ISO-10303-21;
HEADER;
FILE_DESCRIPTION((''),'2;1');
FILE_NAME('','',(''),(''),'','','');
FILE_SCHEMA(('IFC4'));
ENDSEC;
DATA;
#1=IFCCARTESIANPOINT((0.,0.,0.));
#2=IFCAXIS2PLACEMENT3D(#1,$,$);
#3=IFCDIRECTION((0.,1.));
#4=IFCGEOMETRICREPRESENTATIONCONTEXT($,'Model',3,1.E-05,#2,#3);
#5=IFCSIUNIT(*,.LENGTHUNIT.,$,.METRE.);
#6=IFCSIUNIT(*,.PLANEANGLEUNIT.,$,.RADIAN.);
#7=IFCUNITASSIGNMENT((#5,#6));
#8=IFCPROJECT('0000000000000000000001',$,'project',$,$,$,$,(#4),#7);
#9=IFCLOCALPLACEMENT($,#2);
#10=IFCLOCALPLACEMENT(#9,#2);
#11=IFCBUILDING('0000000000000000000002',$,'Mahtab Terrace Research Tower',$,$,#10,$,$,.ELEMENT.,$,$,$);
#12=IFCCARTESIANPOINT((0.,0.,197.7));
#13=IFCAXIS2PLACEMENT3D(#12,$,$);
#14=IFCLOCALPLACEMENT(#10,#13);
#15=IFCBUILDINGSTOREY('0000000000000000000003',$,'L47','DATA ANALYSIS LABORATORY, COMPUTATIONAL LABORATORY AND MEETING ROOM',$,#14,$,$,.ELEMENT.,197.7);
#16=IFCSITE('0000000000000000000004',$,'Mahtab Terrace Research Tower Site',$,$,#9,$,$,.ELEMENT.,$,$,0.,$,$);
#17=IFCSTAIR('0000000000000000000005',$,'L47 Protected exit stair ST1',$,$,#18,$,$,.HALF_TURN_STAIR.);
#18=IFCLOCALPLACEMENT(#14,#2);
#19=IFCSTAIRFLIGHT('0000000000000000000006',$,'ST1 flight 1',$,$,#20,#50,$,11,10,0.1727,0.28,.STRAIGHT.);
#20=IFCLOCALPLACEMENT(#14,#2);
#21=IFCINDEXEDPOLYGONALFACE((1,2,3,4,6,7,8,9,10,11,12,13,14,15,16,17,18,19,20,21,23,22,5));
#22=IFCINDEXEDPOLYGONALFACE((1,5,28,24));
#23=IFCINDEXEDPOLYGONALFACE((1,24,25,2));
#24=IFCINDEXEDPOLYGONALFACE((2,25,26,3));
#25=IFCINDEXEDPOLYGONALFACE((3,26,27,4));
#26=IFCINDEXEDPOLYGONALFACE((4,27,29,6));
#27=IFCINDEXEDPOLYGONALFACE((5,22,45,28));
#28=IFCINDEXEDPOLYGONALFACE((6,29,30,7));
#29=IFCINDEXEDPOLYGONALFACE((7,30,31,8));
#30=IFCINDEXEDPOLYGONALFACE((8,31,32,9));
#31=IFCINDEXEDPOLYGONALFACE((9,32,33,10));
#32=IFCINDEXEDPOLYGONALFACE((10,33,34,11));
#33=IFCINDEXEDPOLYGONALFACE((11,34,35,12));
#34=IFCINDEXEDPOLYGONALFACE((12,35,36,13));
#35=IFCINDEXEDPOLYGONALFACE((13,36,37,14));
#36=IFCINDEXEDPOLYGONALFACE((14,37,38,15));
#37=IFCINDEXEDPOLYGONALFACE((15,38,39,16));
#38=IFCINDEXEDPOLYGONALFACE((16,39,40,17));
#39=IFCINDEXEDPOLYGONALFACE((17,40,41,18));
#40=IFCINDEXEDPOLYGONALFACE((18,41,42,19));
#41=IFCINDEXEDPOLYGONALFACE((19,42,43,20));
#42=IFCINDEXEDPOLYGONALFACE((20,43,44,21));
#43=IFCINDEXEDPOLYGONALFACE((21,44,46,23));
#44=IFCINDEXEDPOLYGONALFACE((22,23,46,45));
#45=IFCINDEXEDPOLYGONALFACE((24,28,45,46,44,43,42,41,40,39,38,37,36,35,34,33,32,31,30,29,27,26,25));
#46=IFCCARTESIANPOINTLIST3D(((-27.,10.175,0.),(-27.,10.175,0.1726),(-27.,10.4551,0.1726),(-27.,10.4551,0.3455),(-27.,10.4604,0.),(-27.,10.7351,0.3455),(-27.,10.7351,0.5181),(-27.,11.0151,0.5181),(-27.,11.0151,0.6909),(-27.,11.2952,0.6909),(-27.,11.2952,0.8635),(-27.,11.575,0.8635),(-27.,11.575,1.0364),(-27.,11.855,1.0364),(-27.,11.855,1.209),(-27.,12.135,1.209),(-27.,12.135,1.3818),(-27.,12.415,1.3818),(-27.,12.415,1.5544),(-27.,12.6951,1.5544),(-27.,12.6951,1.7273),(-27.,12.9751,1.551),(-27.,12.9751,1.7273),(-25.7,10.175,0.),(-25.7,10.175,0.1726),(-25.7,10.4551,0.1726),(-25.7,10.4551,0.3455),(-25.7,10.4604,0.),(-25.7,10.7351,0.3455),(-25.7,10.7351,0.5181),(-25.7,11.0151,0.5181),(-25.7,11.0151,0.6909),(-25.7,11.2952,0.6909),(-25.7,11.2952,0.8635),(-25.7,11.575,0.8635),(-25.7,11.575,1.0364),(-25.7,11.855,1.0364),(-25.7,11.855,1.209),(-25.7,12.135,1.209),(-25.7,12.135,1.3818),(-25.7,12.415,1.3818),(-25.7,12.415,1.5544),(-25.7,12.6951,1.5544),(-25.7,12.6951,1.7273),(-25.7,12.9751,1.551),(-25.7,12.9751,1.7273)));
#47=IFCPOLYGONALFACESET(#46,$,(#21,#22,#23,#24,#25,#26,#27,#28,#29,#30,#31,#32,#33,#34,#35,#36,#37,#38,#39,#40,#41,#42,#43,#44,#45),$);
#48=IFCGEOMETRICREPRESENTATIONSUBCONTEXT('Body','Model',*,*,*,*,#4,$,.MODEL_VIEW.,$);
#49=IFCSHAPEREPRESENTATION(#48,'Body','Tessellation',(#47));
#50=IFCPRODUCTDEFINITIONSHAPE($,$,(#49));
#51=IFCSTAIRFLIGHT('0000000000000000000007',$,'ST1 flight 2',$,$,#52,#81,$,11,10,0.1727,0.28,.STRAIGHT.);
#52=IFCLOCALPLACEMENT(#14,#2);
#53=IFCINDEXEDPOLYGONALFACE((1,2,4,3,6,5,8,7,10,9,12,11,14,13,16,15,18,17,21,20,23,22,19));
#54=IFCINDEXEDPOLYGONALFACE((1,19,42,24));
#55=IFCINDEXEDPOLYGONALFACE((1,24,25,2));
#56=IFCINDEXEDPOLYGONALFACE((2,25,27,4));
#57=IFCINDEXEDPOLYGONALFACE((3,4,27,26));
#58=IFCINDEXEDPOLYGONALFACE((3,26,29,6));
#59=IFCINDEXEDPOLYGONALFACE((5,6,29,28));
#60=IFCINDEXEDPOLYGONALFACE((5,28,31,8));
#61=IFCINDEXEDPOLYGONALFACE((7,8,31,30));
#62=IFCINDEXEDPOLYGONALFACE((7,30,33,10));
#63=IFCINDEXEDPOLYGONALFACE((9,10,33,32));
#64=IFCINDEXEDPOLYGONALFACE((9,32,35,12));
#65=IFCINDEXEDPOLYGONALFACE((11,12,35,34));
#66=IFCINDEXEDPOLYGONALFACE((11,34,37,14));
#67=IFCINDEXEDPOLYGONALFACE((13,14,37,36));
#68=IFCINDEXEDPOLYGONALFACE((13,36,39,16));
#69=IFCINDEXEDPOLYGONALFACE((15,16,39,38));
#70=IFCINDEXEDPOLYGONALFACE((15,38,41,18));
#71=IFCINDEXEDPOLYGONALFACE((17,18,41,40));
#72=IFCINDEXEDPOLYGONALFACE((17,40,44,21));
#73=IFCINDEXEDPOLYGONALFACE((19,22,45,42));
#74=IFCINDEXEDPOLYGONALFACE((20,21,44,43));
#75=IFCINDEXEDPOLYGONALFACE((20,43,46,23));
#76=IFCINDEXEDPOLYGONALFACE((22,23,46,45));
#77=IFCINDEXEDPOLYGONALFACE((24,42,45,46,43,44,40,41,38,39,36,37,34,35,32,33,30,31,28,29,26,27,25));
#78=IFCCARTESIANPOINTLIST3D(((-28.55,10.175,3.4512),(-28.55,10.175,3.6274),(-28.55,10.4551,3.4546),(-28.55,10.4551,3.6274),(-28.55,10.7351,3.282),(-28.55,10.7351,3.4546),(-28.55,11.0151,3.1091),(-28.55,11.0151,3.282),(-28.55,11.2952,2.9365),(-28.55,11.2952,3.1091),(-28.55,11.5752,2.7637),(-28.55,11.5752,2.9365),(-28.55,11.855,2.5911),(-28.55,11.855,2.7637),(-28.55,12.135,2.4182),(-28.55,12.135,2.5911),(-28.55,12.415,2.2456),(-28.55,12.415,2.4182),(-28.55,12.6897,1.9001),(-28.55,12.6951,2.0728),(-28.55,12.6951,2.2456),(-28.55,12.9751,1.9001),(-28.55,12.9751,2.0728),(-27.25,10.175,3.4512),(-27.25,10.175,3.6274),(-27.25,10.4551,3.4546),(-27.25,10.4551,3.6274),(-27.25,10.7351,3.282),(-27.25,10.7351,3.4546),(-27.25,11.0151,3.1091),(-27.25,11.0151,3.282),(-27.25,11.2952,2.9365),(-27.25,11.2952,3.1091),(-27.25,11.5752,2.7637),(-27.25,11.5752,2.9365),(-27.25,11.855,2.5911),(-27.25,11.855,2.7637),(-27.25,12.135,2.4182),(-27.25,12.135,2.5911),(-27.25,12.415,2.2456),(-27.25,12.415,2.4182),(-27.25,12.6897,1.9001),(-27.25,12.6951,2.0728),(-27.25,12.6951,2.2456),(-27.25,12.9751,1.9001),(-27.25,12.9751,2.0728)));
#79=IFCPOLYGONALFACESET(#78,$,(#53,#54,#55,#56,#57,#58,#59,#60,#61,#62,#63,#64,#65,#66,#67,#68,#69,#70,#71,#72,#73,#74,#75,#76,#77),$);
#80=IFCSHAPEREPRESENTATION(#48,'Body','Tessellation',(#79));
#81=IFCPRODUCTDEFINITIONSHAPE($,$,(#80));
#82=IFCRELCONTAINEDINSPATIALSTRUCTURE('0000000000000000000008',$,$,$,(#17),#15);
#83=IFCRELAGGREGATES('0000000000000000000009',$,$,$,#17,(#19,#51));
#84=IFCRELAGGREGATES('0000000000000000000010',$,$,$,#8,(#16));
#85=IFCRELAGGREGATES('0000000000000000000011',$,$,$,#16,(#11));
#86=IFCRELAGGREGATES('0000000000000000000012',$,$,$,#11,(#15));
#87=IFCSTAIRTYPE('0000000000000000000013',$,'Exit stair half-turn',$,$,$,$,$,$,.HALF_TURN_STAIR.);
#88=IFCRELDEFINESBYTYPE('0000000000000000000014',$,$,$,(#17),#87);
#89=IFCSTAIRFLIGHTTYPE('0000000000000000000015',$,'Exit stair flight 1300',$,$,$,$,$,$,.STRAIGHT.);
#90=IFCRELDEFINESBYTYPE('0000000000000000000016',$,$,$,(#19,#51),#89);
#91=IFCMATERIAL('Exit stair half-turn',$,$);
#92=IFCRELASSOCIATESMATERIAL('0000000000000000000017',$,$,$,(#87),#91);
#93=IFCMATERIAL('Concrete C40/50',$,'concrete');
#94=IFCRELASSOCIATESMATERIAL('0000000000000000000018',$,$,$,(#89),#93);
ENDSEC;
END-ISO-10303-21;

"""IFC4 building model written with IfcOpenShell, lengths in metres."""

from ifc_helpers import new_model, si_unit, direction, frame, origin, place, context, subcontext, project, spatial, polyline, outline, extrude, material, type_object, element, aggregate, save


model = new_model("IFC4")

# Units and contexts
model_context = context("Model", 3, precision=1e-05, world=origin(), true_north=direction((0.0, 1.0)))
body_context = subcontext(model_context, "Body", "Model", "MODEL_VIEW")
ifc_project = project(units=[si_unit("LENGTHUNIT", "METRE"), si_unit("PLANEANGLEUNIT", "RADIAN")], contexts=[model_context])

# Site, building, storey
site_placement = place(None, origin())
site = spatial("IfcSite", under=ifc_project, at=site_placement, Name="Mahtab Terrace Research Tower Site", CompositionType="ELEMENT", RefElevation=0.0)
building_placement = place(site_placement, origin())
building = spatial("IfcBuilding", under=site, at=building_placement, Name="Mahtab Terrace Research Tower", CompositionType="ELEMENT")
storey_placement = place(building_placement, frame((0.0, 0.0, 197.7)))
storey = spatial("IfcBuildingStorey", under=building, at=storey_placement, Name="L47", Description="DATA ANALYSIS LABORATORY, COMPUTATIONAL LABORATORY AND MEETING ROOM", CompositionType="ELEMENT", Elevation=197.7)

# Stair, stair flights
ifc_material_1 = material(Name="Exit stair half-turn")
stair_type = type_object("IfcStairType", Name="Exit stair half-turn", PredefinedType="HALF_TURN_STAIR", material=ifc_material_1)
stair_placement = place(storey_placement, origin())
stair = element("IfcStair", 1, at=stair_placement, inside=storey, type_object=stair_type, Name="L47 Protected exit stair ST1", PredefinedType="HALF_TURN_STAIR")
ifc_material_2 = material(Name="Concrete C40/50", Category="concrete")
stair_flight_type = type_object("IfcStairFlightType", Name="Exit stair flight 1300", PredefinedType="STRAIGHT", material=ifc_material_2)
stair_flight_1_placement = place(storey_placement, frame((-26.3501, 10.175, 0.0), z_axis=(0.0, 0.0, 1.0), x_axis=(0.0, 1.0, 0.0)))
stair_flight_1 = element("IfcStairFlight", 2, at=stair_flight_1_placement, type_object=stair_flight_type, Name="ST1 flight 1", NumberOfRisers=11, NumberOfTreads=10, PredefinedType="STRAIGHT", RiserHeight=0.1727, TreadLength=0.28, context=body_context, shape_type="SweptSolid", body=[
    extrude(outline(polyline([(0.0, 0.0), (0.0, 0.1726), (0.28, 0.1726), (0.28, 0.3455), (0.5601, 0.3455), (0.5601, 0.5181), (0.8401, 0.5181), (0.8401, 0.6909), (1.1201, 0.6909), (1.1201, 0.8635), (1.3999, 0.8635), (1.3999, 1.0364), (1.6799, 1.0364), (1.6799, 1.209), (1.96, 1.209), (1.96, 1.3818), (2.24, 1.3818), (2.24, 1.5544), (2.52, 1.5544), (2.52, 1.7273), (2.8, 1.7273), (2.8, 1.8999), (2.8, 1.551), (0.2854, 0.0), (0.0, 0.0)])), frame((0.0, 0.6499, 0.0), z_axis=(0.0, -1.0, 0.0), x_axis=(1.0, 0.0, 0.0)), (0.0, 0.0, 1.0), 1.3),
])
stair_flight_2_placement = place(storey_placement, frame((-27.8999, 12.9751, 1.9001), z_axis=(0.0, 0.0, 1.0), x_axis=(0.0, -1.0, 0.0)))
stair_flight_2 = element("IfcStairFlight", 3, at=stair_flight_2_placement, type_object=stair_flight_type, Name="ST1 flight 2", NumberOfRisers=11, NumberOfTreads=10, PredefinedType="STRAIGHT", RiserHeight=0.1727, TreadLength=0.28, context=body_context, shape_type="SweptSolid", body=[
    extrude(outline(polyline([(0.0, 0.0), (0.0, 0.1726), (0.28, 0.1726), (0.28, 0.3455), (0.5601, 0.3455), (0.5601, 0.5181), (0.8401, 0.5181), (0.8401, 0.6909), (1.1201, 0.6909), (1.1201, 0.8635), (1.3999, 0.8635), (1.3999, 1.0364), (1.6799, 1.0364), (1.6799, 1.209), (1.96, 1.209), (1.96, 1.3818), (2.24, 1.3818), (2.24, 1.5544), (2.52, 1.5544), (2.52, 1.7273), (2.8, 1.7273), (2.8, 1.8999), (2.8, 1.551), (0.2854, 0.0), (0.0, 0.0)])), frame((0.0, 0.6499, 0.0), z_axis=(0.0, -1.0, 0.0), x_axis=(1.0, 0.0, 0.0)), (0.0, 0.0, 1.0), 1.3),
])
aggregate(stair, [stair_flight_1, stair_flight_2])

save(model, "model.ifc")
